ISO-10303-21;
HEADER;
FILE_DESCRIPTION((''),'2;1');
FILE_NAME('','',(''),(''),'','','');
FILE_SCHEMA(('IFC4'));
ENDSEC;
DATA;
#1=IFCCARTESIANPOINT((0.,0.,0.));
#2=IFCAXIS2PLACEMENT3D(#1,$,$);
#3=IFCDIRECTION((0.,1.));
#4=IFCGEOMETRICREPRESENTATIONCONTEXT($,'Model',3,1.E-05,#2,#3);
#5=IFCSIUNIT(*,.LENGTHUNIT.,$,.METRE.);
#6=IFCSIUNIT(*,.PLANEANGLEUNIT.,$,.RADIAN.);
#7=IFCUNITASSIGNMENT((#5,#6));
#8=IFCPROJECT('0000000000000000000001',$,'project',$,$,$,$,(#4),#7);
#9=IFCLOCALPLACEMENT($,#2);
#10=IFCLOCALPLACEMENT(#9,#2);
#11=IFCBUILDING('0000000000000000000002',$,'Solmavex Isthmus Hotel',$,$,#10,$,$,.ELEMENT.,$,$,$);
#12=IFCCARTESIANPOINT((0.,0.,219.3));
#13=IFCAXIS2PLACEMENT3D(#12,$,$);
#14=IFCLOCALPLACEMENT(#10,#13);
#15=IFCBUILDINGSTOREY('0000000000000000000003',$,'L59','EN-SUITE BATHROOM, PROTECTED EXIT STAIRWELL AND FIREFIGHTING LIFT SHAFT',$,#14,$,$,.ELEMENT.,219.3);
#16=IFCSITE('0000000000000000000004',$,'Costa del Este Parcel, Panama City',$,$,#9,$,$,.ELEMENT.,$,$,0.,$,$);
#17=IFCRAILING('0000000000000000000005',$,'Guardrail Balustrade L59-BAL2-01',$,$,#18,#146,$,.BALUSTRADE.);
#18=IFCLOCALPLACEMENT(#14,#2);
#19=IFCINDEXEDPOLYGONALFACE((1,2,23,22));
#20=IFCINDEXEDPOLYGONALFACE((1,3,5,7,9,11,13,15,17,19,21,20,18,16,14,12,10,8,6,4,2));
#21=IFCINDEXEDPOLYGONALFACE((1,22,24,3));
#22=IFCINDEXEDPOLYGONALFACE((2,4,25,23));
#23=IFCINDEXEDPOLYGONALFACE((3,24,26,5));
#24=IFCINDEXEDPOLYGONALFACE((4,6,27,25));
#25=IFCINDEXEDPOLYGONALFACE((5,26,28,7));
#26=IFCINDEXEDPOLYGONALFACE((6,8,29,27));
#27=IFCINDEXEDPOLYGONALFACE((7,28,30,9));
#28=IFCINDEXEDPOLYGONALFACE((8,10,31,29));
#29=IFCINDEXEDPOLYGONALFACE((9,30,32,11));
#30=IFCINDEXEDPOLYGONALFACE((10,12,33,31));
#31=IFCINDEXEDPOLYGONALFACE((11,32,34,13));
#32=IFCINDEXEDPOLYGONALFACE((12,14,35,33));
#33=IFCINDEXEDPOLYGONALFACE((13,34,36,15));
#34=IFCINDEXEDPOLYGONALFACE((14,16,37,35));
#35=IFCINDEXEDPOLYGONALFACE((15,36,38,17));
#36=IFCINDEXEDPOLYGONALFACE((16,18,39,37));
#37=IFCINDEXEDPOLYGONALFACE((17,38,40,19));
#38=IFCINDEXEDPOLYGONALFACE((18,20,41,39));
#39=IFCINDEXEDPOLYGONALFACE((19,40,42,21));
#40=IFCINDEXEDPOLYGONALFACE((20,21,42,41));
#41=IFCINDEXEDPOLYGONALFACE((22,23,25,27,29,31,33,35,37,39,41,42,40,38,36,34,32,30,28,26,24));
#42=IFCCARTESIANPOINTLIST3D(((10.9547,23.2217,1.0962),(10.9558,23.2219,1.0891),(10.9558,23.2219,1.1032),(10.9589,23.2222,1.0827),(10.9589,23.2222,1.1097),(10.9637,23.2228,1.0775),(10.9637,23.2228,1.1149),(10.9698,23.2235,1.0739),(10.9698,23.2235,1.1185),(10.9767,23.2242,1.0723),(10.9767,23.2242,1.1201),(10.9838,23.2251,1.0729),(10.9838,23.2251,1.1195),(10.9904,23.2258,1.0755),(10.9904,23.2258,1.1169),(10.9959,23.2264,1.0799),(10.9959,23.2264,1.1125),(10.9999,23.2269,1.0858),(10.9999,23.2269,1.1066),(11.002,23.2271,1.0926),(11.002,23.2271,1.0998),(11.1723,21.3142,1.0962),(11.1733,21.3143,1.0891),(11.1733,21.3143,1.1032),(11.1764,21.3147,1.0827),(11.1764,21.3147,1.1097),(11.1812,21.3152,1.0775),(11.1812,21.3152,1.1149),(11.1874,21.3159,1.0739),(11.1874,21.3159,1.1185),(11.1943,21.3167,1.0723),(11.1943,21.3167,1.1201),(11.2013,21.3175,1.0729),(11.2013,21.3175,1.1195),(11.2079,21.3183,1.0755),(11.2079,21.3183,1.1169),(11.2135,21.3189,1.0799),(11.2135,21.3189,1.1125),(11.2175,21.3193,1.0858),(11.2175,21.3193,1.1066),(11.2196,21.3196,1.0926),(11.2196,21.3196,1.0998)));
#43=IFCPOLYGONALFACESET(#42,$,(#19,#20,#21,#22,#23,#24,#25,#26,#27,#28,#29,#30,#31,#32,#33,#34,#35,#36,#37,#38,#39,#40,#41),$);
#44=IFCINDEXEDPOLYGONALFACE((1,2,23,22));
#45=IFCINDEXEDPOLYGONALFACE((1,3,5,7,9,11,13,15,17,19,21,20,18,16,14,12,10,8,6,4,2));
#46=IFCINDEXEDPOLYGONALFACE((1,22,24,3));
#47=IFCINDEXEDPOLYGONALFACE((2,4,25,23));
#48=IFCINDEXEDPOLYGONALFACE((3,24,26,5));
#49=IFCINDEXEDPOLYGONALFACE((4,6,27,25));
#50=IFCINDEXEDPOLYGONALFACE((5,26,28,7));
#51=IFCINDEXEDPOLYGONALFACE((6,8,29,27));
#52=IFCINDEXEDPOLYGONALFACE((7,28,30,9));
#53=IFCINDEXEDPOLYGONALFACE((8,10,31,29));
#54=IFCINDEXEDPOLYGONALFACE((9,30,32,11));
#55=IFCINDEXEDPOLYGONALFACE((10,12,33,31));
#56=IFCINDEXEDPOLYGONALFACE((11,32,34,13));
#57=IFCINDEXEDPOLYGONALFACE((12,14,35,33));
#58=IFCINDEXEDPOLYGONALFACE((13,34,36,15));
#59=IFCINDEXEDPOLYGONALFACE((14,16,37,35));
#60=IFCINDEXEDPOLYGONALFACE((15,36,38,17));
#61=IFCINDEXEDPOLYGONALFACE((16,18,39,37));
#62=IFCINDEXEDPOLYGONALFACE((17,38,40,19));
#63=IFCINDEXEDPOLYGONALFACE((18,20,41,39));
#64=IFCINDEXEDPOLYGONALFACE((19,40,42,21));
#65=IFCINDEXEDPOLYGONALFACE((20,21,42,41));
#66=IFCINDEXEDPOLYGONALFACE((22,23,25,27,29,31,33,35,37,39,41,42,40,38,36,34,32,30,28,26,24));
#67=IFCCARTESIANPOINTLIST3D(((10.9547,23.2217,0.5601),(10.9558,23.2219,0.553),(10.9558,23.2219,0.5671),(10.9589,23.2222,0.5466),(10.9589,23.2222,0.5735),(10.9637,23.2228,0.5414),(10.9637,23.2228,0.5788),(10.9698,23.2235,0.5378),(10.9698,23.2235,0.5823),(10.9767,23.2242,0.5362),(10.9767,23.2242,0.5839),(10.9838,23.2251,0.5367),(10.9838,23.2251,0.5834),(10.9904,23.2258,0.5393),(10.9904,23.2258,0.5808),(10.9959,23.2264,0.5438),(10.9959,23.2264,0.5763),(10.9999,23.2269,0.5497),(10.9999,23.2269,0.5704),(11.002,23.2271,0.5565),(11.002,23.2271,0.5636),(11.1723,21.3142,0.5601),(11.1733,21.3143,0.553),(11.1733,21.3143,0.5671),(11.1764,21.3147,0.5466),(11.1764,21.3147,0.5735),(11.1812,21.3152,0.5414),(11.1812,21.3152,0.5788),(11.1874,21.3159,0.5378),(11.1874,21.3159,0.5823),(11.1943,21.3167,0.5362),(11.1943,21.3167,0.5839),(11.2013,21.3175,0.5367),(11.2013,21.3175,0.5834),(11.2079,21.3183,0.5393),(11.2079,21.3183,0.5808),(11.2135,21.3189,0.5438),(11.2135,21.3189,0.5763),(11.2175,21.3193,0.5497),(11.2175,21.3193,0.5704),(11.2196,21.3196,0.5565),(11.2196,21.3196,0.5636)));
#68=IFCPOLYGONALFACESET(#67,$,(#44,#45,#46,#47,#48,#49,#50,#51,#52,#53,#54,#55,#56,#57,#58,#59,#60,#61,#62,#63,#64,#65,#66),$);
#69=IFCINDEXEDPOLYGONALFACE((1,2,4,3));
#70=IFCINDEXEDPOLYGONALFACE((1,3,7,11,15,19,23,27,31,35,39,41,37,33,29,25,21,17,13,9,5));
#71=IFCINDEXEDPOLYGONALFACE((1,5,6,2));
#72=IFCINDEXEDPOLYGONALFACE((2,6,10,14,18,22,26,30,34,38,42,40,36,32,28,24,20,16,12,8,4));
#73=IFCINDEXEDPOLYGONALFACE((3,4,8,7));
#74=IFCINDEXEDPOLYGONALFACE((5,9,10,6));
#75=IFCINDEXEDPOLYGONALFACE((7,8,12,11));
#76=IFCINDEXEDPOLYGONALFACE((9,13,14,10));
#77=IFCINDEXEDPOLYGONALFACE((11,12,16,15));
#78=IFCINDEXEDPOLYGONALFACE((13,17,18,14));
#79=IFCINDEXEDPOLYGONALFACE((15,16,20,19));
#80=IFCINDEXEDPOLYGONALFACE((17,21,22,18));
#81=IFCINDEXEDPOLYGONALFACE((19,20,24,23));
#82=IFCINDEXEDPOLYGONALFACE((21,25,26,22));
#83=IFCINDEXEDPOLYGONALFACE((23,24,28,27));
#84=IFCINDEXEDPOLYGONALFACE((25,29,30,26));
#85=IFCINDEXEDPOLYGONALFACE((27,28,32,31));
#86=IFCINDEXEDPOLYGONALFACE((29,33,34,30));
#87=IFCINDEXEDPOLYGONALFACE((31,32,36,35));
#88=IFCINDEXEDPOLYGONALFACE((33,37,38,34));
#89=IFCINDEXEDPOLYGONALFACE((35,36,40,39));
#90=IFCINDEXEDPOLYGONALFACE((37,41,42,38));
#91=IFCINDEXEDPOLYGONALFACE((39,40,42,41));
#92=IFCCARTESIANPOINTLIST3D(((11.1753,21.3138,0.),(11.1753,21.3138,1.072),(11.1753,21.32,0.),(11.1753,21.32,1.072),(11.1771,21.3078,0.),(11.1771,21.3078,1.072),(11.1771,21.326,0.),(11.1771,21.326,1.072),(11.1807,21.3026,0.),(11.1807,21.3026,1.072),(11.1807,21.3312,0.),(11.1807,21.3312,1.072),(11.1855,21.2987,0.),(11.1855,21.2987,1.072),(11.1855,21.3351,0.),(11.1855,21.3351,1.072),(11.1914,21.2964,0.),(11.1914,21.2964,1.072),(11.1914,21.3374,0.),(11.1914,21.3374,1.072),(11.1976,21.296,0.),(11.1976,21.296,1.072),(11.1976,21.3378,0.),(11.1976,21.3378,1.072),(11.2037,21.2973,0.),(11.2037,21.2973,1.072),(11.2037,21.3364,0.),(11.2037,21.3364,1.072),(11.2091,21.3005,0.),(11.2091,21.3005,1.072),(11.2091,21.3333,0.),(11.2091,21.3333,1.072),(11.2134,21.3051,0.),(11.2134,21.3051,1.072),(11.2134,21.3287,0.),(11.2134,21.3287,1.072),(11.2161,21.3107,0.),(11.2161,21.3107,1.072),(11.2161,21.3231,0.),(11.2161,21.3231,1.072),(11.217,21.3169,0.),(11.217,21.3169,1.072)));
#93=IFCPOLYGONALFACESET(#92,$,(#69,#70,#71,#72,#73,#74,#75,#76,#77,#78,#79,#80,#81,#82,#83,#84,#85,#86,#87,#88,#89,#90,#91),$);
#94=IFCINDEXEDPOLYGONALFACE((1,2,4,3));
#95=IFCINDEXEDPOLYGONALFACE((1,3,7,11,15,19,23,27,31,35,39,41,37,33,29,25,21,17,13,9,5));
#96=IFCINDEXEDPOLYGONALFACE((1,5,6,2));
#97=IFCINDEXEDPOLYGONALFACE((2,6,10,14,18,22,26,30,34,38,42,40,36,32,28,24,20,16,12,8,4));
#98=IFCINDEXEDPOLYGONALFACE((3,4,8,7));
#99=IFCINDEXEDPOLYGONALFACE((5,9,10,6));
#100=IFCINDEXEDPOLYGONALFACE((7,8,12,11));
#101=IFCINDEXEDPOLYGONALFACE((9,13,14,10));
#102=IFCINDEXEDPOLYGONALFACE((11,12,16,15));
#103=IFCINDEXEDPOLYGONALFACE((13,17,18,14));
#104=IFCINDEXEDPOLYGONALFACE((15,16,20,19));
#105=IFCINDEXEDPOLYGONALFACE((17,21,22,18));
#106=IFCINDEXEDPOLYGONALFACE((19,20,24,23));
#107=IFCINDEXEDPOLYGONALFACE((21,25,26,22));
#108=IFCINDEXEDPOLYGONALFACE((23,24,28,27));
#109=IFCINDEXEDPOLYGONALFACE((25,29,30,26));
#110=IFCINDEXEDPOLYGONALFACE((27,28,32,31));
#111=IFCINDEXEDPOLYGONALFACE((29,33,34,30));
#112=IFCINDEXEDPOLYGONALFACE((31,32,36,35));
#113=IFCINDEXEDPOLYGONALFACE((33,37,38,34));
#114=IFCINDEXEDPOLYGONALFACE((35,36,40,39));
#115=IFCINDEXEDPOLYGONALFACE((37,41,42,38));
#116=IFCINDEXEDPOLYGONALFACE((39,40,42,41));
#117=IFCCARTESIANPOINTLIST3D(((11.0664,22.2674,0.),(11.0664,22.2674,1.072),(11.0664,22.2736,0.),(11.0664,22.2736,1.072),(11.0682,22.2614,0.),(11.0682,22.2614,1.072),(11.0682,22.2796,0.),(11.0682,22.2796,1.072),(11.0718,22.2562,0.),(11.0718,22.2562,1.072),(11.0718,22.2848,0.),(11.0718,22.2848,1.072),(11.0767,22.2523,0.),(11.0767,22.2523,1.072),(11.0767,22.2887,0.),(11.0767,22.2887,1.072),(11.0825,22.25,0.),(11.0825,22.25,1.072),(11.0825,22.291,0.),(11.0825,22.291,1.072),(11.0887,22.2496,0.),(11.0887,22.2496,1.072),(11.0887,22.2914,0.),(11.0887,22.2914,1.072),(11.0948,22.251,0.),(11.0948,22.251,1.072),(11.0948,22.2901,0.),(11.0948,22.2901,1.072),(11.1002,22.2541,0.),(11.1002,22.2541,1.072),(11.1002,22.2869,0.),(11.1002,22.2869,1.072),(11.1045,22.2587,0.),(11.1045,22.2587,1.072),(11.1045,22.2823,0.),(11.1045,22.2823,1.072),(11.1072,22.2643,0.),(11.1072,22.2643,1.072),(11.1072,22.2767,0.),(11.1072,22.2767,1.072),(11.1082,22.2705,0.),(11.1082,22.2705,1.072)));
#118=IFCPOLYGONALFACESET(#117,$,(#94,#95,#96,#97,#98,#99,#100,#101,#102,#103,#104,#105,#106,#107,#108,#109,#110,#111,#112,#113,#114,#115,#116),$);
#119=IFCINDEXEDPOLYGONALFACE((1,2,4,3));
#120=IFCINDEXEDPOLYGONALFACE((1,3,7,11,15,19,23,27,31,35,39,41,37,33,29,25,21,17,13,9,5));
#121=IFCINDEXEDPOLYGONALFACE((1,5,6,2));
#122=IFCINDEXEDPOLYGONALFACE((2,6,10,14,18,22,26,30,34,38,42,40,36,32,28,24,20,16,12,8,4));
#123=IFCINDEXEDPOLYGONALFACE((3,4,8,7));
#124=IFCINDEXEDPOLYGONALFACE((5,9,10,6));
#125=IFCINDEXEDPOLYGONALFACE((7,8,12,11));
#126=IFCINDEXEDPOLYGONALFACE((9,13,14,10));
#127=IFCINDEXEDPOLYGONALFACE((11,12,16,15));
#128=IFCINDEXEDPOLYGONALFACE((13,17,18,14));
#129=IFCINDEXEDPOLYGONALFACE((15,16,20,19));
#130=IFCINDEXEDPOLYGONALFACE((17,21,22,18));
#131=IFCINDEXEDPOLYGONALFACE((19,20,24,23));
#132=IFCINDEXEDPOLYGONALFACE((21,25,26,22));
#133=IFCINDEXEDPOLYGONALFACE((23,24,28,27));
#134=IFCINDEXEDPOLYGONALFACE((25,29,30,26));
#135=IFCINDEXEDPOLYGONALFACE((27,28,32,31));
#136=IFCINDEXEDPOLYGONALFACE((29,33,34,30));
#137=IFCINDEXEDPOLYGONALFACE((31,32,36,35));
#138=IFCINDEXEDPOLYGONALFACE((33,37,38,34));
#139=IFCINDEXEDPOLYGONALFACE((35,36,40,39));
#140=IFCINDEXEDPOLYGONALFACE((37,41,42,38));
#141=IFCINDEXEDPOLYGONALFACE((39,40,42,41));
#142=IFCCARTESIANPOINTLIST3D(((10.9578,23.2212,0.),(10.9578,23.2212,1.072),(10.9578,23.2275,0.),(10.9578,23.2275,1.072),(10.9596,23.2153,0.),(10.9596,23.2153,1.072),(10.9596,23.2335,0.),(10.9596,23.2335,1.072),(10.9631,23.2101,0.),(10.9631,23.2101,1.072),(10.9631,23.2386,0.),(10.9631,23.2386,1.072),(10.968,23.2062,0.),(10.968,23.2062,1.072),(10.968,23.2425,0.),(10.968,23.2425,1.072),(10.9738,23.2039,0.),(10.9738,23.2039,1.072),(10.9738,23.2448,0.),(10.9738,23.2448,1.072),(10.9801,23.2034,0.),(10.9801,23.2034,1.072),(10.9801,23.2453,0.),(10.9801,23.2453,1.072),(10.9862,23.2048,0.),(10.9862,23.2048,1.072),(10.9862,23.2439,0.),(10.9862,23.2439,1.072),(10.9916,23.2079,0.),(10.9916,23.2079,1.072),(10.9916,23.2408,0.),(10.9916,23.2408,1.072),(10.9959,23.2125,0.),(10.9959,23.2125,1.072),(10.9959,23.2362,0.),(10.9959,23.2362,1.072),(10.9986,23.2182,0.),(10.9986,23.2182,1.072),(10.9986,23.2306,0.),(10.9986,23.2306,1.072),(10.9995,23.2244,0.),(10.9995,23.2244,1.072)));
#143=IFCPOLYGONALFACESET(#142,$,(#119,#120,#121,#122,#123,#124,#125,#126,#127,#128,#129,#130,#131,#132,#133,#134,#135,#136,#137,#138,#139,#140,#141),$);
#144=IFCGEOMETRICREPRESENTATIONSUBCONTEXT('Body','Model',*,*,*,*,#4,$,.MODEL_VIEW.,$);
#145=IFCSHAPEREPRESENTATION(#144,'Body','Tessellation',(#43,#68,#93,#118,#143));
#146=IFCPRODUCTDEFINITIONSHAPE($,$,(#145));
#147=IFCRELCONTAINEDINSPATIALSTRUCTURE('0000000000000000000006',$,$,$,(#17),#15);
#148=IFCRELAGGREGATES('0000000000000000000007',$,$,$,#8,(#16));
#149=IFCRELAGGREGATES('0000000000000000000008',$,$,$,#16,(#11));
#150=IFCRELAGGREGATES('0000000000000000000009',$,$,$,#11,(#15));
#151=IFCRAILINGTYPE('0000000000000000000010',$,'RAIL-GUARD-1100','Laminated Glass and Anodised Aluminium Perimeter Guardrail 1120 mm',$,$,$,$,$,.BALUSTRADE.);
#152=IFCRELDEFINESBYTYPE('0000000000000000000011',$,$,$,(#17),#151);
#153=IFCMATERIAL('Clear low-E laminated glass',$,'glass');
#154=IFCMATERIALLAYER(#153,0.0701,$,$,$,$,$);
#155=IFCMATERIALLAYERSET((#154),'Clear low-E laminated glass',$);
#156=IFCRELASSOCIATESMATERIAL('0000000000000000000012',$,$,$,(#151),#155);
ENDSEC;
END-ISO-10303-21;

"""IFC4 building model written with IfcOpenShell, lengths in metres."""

from ifc_helpers import new_model, si_unit, direction, frame, origin, origin_2d, place, context, subcontext, project, spatial, circle, extrude, material, layer, layer_set, type_object, element, save


model = new_model("IFC4")

# Units and contexts
model_context = context("Model", 3, precision=1e-05, world=origin(), true_north=direction((0.0, 1.0)))
body_context = subcontext(model_context, "Body", "Model", "MODEL_VIEW")
ifc_project = project(units=[si_unit("LENGTHUNIT", "METRE"), si_unit("PLANEANGLEUNIT", "RADIAN")], contexts=[model_context])

# Site, building, storey
site_placement = place(None, origin())
site = spatial("IfcSite", under=ifc_project, at=site_placement, Name="Costa del Este Parcel, Panama City", CompositionType="ELEMENT", RefElevation=0.0)
building_placement = place(site_placement, origin())
building = spatial("IfcBuilding", under=site, at=building_placement, Name="Solmavex Isthmus Hotel", CompositionType="ELEMENT")
storey_placement = place(building_placement, frame((0.0, 0.0, 219.3)))
storey = spatial("IfcBuildingStorey", under=building, at=storey_placement, Name="L59", Description="EN-SUITE BATHROOM, PROTECTED EXIT STAIRWELL AND FIREFIGHTING LIFT SHAFT", CompositionType="ELEMENT", Elevation=219.3)

# Shared definitions
ifc_material_1 = material(Name="Clear low-E laminated glass", Category="glass")

# Railing
ifc_layer_1 = layer(ifc_material_1, 0.0701)
ifc_layer_set_1 = layer_set([ifc_layer_1], Name="Clear low-E laminated glass")
railing_type_1 = type_object("IfcRailingType", Name="RAIL-GUARD-1100", Description="Laminated Glass and Anodised Aluminium Perimeter Guardrail 1120 mm", PredefinedType="BALUSTRADE", material=ifc_layer_set_1)
railing_1_placement = place(storey_placement, frame((11.196, 21.3169, 0.0)))
element("IfcRailing", 1, at=railing_1_placement, inside=storey, type_object=railing_type_1, Name="Guardrail Balustrade L59-BAL2-01", PredefinedType="BALUSTRADE", context=body_context, shape_type="SweptSolid", body=[
    extrude(circle(Radius=0.0239, at=origin_2d()), frame((0.0, 0.0, 1.0962), z_axis=(-0.113306, 0.99356, 0.0), x_axis=(-0.99356, -0.113306, 0.0)), (0.0, 0.0, 1.0), 1.9199),
    extrude(circle(Radius=0.0239, at=origin_2d()), frame((0.0, 0.0, 0.5601), z_axis=(-0.113306, 0.99356, 0.0), x_axis=(-0.99356, -0.113306, 0.0)), (0.0, 0.0, 1.0), 1.9199),
    extrude(circle(Radius=0.021, at=origin_2d()), origin(), (0.0, 0.0, 1.0), 1.072),
    extrude(circle(Radius=0.021, at=origin_2d()), frame((-0.1089, 0.9536, 0.0)), (0.0, 0.0, 1.0), 1.072),
    extrude(circle(Radius=0.021, at=origin_2d()), frame((-0.2175, 1.9075, 0.0)), (0.0, 0.0, 1.0), 1.072),
])

save(model, "model.ifc")
